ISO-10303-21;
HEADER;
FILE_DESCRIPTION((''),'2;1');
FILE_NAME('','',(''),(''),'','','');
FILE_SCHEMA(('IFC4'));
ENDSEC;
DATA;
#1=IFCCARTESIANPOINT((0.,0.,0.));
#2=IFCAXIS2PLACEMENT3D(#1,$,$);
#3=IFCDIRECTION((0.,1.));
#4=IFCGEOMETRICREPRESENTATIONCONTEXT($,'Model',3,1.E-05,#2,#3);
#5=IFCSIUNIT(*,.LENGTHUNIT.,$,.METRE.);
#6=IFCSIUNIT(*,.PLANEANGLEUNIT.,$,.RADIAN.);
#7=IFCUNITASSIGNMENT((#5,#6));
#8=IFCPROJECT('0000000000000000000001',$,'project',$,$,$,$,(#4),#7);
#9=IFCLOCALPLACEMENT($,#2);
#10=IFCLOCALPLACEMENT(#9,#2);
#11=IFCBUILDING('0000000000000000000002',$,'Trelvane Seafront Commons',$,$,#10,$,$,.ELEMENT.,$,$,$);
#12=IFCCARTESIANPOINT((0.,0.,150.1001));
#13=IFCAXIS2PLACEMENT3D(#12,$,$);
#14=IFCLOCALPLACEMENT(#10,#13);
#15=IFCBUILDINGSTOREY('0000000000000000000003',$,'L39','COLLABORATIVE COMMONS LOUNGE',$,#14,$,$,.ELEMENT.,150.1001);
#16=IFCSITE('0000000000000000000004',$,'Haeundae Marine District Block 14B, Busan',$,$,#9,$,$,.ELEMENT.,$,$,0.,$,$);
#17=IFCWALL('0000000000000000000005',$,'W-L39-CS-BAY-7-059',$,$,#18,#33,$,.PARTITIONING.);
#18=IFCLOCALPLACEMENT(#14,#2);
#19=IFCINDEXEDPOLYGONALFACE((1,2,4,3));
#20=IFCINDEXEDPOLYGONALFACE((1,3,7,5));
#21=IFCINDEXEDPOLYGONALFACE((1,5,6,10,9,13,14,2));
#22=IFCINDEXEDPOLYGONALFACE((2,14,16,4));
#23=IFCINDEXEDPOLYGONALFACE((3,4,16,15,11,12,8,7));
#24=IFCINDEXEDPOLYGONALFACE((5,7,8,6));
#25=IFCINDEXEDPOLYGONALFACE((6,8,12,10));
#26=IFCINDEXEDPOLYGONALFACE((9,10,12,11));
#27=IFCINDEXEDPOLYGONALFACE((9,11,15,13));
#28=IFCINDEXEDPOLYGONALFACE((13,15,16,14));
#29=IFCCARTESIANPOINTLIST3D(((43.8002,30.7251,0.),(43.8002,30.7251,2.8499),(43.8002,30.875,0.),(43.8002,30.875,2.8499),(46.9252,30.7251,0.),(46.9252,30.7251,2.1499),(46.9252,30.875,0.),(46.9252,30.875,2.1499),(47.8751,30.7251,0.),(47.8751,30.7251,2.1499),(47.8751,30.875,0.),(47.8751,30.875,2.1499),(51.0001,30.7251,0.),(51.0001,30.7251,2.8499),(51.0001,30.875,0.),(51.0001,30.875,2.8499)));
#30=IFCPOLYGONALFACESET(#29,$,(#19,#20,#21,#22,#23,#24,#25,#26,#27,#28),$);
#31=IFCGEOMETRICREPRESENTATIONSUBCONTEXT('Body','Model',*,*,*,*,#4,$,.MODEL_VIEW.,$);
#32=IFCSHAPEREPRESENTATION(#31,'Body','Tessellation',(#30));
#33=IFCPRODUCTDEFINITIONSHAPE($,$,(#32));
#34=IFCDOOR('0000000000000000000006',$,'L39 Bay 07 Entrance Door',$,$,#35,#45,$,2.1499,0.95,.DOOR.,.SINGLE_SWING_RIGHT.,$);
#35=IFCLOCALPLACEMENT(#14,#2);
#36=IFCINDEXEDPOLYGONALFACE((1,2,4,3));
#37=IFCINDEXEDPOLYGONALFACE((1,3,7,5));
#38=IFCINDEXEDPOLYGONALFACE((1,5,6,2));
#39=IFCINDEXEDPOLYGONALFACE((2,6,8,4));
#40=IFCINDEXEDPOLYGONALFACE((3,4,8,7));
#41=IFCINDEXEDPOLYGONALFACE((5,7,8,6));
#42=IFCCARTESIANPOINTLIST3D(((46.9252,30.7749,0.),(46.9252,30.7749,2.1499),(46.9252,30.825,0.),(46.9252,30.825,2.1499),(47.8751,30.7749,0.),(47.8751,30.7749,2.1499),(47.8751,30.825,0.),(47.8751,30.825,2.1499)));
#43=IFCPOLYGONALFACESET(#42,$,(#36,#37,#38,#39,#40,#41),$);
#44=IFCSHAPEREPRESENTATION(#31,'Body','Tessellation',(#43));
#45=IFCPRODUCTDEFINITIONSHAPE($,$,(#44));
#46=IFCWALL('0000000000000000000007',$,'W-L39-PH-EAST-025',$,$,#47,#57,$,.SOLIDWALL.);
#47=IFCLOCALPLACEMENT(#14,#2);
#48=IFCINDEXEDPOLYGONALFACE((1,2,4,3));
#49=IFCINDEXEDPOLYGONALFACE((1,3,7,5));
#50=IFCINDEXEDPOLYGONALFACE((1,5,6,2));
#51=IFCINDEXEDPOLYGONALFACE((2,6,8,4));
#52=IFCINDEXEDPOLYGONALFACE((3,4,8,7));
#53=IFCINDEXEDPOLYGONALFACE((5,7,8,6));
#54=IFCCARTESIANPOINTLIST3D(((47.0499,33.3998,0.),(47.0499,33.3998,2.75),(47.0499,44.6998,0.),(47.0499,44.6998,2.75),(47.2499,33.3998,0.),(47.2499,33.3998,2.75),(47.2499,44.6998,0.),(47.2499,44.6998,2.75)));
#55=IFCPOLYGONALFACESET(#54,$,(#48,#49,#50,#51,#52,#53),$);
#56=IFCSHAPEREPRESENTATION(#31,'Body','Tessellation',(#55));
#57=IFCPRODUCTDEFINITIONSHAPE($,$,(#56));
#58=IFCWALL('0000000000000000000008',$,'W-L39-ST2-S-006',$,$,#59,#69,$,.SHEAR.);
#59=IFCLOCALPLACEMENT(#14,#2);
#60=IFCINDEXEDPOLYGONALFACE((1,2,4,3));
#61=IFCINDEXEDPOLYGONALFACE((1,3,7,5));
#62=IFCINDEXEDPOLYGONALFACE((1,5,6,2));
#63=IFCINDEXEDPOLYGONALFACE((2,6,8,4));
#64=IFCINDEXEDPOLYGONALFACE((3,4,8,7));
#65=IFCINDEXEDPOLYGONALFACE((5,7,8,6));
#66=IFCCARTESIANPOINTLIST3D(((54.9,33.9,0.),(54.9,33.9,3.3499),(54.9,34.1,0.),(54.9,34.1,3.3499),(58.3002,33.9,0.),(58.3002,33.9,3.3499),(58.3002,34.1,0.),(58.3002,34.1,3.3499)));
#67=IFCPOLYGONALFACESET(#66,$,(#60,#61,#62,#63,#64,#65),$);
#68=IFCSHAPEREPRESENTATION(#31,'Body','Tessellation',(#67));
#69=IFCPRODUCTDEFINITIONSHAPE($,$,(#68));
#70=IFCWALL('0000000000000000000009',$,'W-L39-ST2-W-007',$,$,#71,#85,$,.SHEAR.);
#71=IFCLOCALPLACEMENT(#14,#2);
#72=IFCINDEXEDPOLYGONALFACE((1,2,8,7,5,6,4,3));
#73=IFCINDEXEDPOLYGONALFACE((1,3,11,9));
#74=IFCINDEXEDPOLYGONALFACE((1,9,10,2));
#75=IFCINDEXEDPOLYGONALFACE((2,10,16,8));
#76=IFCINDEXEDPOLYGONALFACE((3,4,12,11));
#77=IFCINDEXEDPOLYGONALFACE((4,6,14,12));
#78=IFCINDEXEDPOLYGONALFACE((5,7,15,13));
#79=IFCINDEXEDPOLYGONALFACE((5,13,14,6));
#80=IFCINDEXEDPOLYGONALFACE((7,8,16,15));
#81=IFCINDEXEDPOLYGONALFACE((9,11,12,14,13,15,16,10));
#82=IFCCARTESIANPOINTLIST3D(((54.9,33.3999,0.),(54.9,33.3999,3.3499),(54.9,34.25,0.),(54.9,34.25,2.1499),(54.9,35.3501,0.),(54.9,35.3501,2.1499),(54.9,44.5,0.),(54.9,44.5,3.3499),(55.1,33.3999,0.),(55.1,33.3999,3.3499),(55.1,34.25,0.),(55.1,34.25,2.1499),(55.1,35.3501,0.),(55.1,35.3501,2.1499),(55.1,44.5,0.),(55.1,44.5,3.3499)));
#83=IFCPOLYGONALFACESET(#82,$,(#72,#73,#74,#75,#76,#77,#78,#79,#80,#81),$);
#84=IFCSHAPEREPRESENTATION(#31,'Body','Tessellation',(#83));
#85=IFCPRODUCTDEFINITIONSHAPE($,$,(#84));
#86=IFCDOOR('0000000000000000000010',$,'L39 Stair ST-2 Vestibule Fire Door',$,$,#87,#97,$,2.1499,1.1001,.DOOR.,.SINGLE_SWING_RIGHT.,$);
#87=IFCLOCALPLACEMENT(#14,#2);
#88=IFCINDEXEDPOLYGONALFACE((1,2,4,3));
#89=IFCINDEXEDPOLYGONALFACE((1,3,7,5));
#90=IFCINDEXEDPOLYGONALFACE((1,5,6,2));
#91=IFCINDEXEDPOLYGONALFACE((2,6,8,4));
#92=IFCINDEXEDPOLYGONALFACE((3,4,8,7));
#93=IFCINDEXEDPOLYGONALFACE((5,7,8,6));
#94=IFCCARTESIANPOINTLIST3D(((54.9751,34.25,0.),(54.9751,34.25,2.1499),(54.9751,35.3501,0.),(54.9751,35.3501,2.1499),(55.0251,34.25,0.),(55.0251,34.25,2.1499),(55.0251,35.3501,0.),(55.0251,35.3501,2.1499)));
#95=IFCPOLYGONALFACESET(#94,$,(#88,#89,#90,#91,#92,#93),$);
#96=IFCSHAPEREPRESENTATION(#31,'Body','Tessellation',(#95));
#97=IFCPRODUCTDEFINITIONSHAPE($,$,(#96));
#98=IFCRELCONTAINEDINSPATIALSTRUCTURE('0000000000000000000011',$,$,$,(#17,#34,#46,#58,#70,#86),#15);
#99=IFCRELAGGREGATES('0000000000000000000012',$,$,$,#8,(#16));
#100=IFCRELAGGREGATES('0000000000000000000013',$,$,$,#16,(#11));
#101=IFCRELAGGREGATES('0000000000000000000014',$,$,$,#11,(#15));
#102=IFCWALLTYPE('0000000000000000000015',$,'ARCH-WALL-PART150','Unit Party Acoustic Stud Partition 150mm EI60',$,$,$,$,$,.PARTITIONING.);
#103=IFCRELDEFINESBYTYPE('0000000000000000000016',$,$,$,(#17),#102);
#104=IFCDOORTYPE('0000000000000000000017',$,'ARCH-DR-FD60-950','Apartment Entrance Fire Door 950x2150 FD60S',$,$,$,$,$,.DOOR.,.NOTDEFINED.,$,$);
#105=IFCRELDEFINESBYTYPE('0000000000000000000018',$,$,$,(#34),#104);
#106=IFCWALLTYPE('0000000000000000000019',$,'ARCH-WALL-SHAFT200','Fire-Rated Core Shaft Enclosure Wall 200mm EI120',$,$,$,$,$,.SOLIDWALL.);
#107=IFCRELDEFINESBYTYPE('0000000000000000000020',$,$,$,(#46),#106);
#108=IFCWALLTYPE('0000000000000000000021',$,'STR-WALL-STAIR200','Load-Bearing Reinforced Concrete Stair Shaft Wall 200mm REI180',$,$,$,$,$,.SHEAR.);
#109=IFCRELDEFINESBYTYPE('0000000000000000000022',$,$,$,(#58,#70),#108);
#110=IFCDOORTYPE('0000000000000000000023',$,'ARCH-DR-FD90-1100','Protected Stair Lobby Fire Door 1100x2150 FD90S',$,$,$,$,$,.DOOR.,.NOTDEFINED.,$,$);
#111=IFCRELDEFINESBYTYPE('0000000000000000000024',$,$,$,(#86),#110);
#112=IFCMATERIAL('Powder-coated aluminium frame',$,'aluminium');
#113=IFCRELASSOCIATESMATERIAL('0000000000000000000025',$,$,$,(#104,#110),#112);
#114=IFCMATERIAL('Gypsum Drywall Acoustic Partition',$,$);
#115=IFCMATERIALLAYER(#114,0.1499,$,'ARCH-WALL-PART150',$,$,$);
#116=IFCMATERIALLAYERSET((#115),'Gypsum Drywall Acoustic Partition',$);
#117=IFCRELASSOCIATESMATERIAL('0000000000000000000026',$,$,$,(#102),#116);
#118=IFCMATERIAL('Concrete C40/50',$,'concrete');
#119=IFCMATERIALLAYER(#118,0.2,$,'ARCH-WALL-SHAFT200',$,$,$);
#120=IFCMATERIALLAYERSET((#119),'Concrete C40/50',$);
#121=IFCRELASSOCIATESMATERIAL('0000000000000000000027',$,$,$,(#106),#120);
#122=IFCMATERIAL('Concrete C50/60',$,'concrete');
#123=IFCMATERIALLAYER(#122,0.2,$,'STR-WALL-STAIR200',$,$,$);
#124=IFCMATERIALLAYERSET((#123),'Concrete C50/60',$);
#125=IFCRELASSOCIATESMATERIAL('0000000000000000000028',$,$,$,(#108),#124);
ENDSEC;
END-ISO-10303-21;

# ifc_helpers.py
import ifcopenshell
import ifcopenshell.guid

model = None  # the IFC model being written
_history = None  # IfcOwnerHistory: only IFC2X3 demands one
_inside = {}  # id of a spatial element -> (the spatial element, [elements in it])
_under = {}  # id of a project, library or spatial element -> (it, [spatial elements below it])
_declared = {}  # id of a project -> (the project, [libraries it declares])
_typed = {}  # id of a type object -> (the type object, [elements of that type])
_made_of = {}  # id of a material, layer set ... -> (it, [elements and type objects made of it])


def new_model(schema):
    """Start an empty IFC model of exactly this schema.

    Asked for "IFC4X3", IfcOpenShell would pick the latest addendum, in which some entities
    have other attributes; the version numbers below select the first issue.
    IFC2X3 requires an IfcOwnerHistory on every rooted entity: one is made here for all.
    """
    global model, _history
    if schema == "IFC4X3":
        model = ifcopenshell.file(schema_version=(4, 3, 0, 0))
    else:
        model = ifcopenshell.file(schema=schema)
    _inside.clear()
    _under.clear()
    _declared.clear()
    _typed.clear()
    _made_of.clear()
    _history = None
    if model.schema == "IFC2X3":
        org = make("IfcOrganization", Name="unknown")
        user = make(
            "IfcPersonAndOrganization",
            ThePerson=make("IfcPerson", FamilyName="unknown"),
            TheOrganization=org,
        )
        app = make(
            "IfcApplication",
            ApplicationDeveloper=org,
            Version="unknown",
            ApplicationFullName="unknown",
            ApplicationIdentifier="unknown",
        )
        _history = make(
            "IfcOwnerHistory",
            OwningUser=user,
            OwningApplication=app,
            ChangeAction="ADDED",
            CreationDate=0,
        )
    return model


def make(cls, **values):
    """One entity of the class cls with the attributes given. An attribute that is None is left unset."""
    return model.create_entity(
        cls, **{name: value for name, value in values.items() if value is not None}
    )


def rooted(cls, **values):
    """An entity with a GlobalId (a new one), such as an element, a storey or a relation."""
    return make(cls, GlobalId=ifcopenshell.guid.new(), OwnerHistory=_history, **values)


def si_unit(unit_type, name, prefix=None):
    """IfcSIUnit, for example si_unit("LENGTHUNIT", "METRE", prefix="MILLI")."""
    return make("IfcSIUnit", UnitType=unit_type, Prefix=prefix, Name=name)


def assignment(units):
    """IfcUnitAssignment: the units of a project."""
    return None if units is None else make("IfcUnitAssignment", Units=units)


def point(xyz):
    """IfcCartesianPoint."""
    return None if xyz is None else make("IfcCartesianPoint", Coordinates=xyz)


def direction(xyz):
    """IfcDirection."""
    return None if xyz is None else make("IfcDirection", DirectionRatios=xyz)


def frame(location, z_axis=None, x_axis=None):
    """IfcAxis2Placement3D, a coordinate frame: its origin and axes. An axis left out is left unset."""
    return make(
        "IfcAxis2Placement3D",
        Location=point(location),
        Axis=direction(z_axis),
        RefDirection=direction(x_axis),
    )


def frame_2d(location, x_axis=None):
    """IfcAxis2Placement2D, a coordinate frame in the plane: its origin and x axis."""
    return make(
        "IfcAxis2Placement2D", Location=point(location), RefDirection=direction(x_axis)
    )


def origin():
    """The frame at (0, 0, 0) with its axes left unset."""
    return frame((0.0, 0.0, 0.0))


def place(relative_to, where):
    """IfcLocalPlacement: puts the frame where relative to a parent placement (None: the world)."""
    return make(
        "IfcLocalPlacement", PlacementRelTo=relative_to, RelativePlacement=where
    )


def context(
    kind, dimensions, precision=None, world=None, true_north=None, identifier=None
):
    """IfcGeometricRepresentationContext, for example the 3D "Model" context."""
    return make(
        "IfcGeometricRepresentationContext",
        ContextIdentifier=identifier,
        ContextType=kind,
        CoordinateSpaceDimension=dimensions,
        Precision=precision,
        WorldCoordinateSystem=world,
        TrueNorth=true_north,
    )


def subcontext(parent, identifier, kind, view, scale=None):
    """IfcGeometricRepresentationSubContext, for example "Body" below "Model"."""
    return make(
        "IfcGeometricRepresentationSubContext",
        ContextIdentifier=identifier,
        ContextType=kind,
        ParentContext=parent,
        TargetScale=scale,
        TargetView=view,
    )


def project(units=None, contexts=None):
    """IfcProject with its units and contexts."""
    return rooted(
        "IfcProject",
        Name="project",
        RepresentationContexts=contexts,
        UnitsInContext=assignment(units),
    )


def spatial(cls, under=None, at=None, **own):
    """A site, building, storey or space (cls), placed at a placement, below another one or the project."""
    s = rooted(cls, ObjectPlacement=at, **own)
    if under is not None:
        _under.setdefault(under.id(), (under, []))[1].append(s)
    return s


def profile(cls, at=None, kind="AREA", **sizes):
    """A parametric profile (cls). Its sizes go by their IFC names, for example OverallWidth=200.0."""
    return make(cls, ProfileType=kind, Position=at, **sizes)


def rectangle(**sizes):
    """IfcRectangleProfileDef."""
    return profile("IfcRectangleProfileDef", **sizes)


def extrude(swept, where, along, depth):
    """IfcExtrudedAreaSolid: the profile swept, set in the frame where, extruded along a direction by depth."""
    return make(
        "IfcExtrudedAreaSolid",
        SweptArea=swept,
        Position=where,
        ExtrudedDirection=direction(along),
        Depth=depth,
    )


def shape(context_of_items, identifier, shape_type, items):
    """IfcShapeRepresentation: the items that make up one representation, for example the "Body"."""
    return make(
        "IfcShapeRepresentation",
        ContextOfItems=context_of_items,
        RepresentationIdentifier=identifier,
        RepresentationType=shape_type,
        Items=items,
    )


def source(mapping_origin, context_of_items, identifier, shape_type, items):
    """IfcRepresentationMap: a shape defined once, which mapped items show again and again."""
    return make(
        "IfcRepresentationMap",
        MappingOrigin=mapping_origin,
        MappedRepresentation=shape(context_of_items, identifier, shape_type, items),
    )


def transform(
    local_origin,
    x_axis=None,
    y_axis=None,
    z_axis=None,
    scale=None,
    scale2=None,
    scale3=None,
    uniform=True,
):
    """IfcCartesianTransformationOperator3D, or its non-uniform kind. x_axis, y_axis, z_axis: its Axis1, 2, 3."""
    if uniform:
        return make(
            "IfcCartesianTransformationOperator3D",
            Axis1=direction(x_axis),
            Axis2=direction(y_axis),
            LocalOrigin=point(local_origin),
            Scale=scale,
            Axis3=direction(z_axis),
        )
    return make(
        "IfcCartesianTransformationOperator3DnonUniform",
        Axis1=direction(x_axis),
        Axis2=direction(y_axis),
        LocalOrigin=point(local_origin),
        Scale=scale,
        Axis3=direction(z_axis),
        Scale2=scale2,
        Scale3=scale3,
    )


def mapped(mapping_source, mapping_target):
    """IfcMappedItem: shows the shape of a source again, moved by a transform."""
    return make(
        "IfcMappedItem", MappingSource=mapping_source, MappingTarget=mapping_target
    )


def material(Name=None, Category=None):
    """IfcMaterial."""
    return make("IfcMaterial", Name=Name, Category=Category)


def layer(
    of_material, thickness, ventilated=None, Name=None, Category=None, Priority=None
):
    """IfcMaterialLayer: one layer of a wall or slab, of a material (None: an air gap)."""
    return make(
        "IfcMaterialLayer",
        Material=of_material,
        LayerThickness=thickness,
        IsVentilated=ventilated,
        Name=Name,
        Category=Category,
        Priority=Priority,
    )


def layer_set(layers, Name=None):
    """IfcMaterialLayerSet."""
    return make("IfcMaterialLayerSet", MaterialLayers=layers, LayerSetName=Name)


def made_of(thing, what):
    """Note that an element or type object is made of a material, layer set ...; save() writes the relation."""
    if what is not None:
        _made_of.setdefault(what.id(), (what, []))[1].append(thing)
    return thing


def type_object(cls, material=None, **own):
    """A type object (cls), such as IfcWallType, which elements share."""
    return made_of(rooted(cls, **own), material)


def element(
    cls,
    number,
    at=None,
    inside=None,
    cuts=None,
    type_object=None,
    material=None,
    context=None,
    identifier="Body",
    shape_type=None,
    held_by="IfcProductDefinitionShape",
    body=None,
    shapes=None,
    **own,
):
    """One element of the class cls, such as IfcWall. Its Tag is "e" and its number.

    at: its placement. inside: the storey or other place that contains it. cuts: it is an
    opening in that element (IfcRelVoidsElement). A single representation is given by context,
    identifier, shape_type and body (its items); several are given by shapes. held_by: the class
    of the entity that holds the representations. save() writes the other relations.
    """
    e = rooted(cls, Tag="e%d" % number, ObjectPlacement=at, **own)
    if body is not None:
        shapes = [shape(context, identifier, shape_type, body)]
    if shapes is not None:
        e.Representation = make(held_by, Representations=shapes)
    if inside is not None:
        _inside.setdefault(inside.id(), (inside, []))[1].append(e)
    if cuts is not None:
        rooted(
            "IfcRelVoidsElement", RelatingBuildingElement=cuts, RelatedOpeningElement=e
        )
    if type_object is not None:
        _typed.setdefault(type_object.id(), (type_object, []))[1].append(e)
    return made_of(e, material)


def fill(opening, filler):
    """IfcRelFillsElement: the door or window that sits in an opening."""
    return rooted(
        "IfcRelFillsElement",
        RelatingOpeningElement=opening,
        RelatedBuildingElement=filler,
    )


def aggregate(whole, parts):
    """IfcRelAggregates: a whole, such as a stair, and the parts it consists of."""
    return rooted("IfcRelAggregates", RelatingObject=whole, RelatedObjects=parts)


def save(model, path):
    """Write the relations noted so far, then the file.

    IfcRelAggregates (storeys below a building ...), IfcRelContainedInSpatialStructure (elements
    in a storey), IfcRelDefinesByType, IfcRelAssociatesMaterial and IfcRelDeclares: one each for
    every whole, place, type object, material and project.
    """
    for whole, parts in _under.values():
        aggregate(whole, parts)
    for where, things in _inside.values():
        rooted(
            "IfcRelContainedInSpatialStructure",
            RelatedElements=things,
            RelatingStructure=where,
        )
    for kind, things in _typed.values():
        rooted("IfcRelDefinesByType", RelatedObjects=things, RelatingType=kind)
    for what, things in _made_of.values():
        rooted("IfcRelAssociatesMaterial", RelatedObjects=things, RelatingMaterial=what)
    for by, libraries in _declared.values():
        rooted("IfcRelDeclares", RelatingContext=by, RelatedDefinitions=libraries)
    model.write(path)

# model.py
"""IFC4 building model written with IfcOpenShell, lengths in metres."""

from ifc_helpers import new_model, si_unit, direction, frame, frame_2d, origin, place, context, subcontext, project, spatial, rectangle, extrude, source, transform, mapped, material, layer, layer_set, type_object, element, fill, save


model = new_model("IFC4")

# Units and contexts
model_context = context("Model", 3, precision=1e-05, world=origin(), true_north=direction((0.0, 1.0)))
body_context = subcontext(model_context, "Body", "Model", "MODEL_VIEW")
ifc_project = project(units=[si_unit("LENGTHUNIT", "METRE"), si_unit("PLANEANGLEUNIT", "RADIAN")], contexts=[model_context])

# Site, building, storey
site_placement = place(None, origin())
site = spatial("IfcSite", under=ifc_project, at=site_placement, Name="Haeundae Marine District Block 14B, Busan", CompositionType="ELEMENT", RefElevation=0.0)
building_placement = place(site_placement, origin())
building = spatial("IfcBuilding", under=site, at=building_placement, Name="Trelvane Seafront Commons", CompositionType="ELEMENT")
storey_placement = place(building_placement, frame((0.0, 0.0, 150.1001)))
storey = spatial("IfcBuildingStorey", under=building, at=storey_placement, Name="L39", Description="COLLABORATIVE COMMONS LOUNGE", CompositionType="ELEMENT", Elevation=150.1001)

# Shared definitions
ifc_material_1 = material(Name="Concrete C50/60", Category="concrete")

# Shared definitions
ifc_material_2 = material(Name="Concrete C40/50", Category="concrete")
ifc_material_3 = material(Name="Powder-coated aluminium frame", Category="aluminium")
door_type_1 = type_object("IfcDoorType", Name="ARCH-DR-FD60-950", Description="Apartment Entrance Fire Door 950x2150 FD60S", OperationType="NOTDEFINED", PredefinedType="DOOR", material=ifc_material_3)
shared_shape_1 = source(origin(), body_context, "Body", "SweptSolid", [
    extrude(rectangle(XDim=0.95, YDim=2.1499, at=frame_2d((0.4751, 1.075))), frame((0.0, 0.0249, 0.0), z_axis=(0.0, -1.0, 0.0), x_axis=(1.0, 0.0, 0.0)), (0.0, 0.0, 1.0), 0.05),
])

# Wall, opening, door
ifc_material_4 = material(Name="Gypsum Drywall Acoustic Partition")
ifc_layer_1 = layer(ifc_material_4, 0.1499, Name="ARCH-WALL-PART150")
ifc_layer_set_1 = layer_set([ifc_layer_1], Name="Gypsum Drywall Acoustic Partition")
wall_type_1 = type_object("IfcWallType", Name="ARCH-WALL-PART150", Description="Unit Party Acoustic Stud Partition 150mm EI60", PredefinedType="PARTITIONING", material=ifc_layer_set_1)
wall_1_placement = place(storey_placement, frame((43.8, 30.8, 0.0), z_axis=(0.0, 0.0, 1.0), x_axis=(1.0, 0.0, 0.0)))
wall_1 = element("IfcWall", 1, at=wall_1_placement, inside=storey, type_object=wall_type_1, Name="W-L39-CS-BAY-7-059", PredefinedType="PARTITIONING", context=body_context, shape_type="SweptSolid", body=[
    extrude(rectangle(XDim=7.2, YDim=0.1499, at=frame_2d((3.6001, 0.0))), origin(), (0.0, 0.0, 1.0), 2.8499),
])
opening_1_placement = place(wall_1_placement, frame((3.125, 0.0, 0.0)))
opening_1 = element("IfcOpeningElement", 2, at=opening_1_placement, cuts=wall_1, PredefinedType="OPENING", context=body_context, shape_type="SweptSolid", body=[
    extrude(rectangle(XDim=0.95, YDim=2.1499, at=frame_2d((0.4751, 1.075))), frame((0.0, 0.085, 0.0), z_axis=(0.0, -1.0, 0.0), x_axis=(1.0, 0.0, 0.0)), (0.0, 0.0, 1.0), 0.1699),
])
door_1_placement = place(opening_1_placement, origin())
door_1 = element("IfcDoor", 3, at=door_1_placement, inside=storey, type_object=door_type_1, Name="L39 Bay 07 Entrance Door", OperationType="SINGLE_SWING_RIGHT", OverallHeight=2.1499, OverallWidth=0.95, PredefinedType="DOOR", context=body_context, shape_type="MappedRepresentation", body=[
    mapped(shared_shape_1, transform((0.0, 0.0, 0.0), x_axis=(1.0, 0.0, 0.0), y_axis=(0.0, 1.0, 0.0), z_axis=(0.0, 0.0, 1.0), scale=1.0)),
])
fill(opening_1, door_1)

# Walls
ifc_layer_2 = layer(ifc_material_2, 0.2, Name="ARCH-WALL-SHAFT200")
ifc_layer_set_2 = layer_set([ifc_layer_2], Name="Concrete C40/50")
wall_type_2 = type_object("IfcWallType", Name="ARCH-WALL-SHAFT200", Description="Fire-Rated Core Shaft Enclosure Wall 200mm EI120", PredefinedType="SOLIDWALL", material=ifc_layer_set_2)
wall_2_placement = place(storey_placement, frame((47.1499, 33.3999, 0.0), z_axis=(0.0, 0.0, 1.0), x_axis=(0.0, 1.0, 0.0)))
element("IfcWall", 4, at=wall_2_placement, inside=storey, type_object=wall_type_2, Name="W-L39-PH-EAST-025", PredefinedType="SOLIDWALL", context=body_context, shape_type="SweptSolid", body=[
    extrude(rectangle(XDim=11.3, YDim=0.2, at=frame_2d((5.6499, 0.0))), origin(), (0.0, 0.0, 1.0), 2.75),
])
ifc_layer_3 = layer(ifc_material_1, 0.2, Name="STR-WALL-STAIR200")
ifc_layer_set_3 = layer_set([ifc_layer_3], Name="Concrete C50/60")
wall_type_3 = type_object("IfcWallType", Name="STR-WALL-STAIR200", Description="Load-Bearing Reinforced Concrete Stair Shaft Wall 200mm REI180", PredefinedType="SHEAR", material=ifc_layer_set_3)
wall_3_placement = place(storey_placement, frame((54.8999, 34.0, 0.0), z_axis=(0.0, 0.0, 1.0), x_axis=(1.0, 0.0, 0.0)))
element("IfcWall", 5, at=wall_3_placement, inside=storey, type_object=wall_type_3, Name="W-L39-ST2-S-006", PredefinedType="SHEAR", context=body_context, shape_type="SweptSolid", body=[
    extrude(rectangle(XDim=3.4001, YDim=0.2, at=frame_2d((1.7002, 0.0))), origin(), (0.0, 0.0, 1.0), 3.3499),
])

# Wall, opening, door
wall_4_placement = place(storey_placement, frame((55.0, 33.3999, 0.0), z_axis=(0.0, 0.0, 1.0), x_axis=(0.0, 1.0, 0.0)))
wall_4 = element("IfcWall", 6, at=wall_4_placement, inside=storey, type_object=wall_type_3, Name="W-L39-ST2-W-007", PredefinedType="SHEAR", context=body_context, shape_type="SweptSolid", body=[
    extrude(rectangle(XDim=11.1001, YDim=0.2, at=frame_2d((5.55, 0.0))), origin(), (0.0, 0.0, 1.0), 3.3499),
])
opening_2_placement = place(wall_4_placement, frame((0.8501, 0.0, 0.0)))
opening_2 = element("IfcOpeningElement", 7, at=opening_2_placement, cuts=wall_4, PredefinedType="OPENING", context=body_context, shape_type="SweptSolid", body=[
    extrude(rectangle(XDim=1.1001, YDim=2.1499, at=frame_2d((0.55, 1.075))), frame((0.0, 0.1099, 0.0), z_axis=(0.0, -1.0, 0.0), x_axis=(1.0, 0.0, 0.0)), (0.0, 0.0, 1.0), 0.22),
])
door_type_2 = type_object("IfcDoorType", Name="ARCH-DR-FD90-1100", Description="Protected Stair Lobby Fire Door 1100x2150 FD90S", OperationType="NOTDEFINED", PredefinedType="DOOR", material=ifc_material_3)
shared_shape_2 = source(origin(), body_context, "Body", "SweptSolid", [
    extrude(rectangle(XDim=1.1001, YDim=2.1499, at=frame_2d((0.55, 1.075))), frame((0.0, 0.0249, 0.0), z_axis=(0.0, -1.0, 0.0), x_axis=(1.0, 0.0, 0.0)), (0.0, 0.0, 1.0), 0.05),
])
door_2_placement = place(opening_2_placement, origin())
door_2 = element("IfcDoor", 8, at=door_2_placement, inside=storey, type_object=door_type_2, Name="L39 Stair ST-2 Vestibule Fire Door", OperationType="SINGLE_SWING_RIGHT", OverallHeight=2.1499, OverallWidth=1.1001, PredefinedType="DOOR", context=body_context, shape_type="MappedRepresentation", body=[
    mapped(shared_shape_2, transform((0.0, 0.0, 0.0), x_axis=(1.0, 0.0, 0.0), y_axis=(0.0, 1.0, 0.0), z_axis=(0.0, 0.0, 1.0), scale=1.0)),
])
fill(opening_2, door_2)

save(model, "model.ifc")
